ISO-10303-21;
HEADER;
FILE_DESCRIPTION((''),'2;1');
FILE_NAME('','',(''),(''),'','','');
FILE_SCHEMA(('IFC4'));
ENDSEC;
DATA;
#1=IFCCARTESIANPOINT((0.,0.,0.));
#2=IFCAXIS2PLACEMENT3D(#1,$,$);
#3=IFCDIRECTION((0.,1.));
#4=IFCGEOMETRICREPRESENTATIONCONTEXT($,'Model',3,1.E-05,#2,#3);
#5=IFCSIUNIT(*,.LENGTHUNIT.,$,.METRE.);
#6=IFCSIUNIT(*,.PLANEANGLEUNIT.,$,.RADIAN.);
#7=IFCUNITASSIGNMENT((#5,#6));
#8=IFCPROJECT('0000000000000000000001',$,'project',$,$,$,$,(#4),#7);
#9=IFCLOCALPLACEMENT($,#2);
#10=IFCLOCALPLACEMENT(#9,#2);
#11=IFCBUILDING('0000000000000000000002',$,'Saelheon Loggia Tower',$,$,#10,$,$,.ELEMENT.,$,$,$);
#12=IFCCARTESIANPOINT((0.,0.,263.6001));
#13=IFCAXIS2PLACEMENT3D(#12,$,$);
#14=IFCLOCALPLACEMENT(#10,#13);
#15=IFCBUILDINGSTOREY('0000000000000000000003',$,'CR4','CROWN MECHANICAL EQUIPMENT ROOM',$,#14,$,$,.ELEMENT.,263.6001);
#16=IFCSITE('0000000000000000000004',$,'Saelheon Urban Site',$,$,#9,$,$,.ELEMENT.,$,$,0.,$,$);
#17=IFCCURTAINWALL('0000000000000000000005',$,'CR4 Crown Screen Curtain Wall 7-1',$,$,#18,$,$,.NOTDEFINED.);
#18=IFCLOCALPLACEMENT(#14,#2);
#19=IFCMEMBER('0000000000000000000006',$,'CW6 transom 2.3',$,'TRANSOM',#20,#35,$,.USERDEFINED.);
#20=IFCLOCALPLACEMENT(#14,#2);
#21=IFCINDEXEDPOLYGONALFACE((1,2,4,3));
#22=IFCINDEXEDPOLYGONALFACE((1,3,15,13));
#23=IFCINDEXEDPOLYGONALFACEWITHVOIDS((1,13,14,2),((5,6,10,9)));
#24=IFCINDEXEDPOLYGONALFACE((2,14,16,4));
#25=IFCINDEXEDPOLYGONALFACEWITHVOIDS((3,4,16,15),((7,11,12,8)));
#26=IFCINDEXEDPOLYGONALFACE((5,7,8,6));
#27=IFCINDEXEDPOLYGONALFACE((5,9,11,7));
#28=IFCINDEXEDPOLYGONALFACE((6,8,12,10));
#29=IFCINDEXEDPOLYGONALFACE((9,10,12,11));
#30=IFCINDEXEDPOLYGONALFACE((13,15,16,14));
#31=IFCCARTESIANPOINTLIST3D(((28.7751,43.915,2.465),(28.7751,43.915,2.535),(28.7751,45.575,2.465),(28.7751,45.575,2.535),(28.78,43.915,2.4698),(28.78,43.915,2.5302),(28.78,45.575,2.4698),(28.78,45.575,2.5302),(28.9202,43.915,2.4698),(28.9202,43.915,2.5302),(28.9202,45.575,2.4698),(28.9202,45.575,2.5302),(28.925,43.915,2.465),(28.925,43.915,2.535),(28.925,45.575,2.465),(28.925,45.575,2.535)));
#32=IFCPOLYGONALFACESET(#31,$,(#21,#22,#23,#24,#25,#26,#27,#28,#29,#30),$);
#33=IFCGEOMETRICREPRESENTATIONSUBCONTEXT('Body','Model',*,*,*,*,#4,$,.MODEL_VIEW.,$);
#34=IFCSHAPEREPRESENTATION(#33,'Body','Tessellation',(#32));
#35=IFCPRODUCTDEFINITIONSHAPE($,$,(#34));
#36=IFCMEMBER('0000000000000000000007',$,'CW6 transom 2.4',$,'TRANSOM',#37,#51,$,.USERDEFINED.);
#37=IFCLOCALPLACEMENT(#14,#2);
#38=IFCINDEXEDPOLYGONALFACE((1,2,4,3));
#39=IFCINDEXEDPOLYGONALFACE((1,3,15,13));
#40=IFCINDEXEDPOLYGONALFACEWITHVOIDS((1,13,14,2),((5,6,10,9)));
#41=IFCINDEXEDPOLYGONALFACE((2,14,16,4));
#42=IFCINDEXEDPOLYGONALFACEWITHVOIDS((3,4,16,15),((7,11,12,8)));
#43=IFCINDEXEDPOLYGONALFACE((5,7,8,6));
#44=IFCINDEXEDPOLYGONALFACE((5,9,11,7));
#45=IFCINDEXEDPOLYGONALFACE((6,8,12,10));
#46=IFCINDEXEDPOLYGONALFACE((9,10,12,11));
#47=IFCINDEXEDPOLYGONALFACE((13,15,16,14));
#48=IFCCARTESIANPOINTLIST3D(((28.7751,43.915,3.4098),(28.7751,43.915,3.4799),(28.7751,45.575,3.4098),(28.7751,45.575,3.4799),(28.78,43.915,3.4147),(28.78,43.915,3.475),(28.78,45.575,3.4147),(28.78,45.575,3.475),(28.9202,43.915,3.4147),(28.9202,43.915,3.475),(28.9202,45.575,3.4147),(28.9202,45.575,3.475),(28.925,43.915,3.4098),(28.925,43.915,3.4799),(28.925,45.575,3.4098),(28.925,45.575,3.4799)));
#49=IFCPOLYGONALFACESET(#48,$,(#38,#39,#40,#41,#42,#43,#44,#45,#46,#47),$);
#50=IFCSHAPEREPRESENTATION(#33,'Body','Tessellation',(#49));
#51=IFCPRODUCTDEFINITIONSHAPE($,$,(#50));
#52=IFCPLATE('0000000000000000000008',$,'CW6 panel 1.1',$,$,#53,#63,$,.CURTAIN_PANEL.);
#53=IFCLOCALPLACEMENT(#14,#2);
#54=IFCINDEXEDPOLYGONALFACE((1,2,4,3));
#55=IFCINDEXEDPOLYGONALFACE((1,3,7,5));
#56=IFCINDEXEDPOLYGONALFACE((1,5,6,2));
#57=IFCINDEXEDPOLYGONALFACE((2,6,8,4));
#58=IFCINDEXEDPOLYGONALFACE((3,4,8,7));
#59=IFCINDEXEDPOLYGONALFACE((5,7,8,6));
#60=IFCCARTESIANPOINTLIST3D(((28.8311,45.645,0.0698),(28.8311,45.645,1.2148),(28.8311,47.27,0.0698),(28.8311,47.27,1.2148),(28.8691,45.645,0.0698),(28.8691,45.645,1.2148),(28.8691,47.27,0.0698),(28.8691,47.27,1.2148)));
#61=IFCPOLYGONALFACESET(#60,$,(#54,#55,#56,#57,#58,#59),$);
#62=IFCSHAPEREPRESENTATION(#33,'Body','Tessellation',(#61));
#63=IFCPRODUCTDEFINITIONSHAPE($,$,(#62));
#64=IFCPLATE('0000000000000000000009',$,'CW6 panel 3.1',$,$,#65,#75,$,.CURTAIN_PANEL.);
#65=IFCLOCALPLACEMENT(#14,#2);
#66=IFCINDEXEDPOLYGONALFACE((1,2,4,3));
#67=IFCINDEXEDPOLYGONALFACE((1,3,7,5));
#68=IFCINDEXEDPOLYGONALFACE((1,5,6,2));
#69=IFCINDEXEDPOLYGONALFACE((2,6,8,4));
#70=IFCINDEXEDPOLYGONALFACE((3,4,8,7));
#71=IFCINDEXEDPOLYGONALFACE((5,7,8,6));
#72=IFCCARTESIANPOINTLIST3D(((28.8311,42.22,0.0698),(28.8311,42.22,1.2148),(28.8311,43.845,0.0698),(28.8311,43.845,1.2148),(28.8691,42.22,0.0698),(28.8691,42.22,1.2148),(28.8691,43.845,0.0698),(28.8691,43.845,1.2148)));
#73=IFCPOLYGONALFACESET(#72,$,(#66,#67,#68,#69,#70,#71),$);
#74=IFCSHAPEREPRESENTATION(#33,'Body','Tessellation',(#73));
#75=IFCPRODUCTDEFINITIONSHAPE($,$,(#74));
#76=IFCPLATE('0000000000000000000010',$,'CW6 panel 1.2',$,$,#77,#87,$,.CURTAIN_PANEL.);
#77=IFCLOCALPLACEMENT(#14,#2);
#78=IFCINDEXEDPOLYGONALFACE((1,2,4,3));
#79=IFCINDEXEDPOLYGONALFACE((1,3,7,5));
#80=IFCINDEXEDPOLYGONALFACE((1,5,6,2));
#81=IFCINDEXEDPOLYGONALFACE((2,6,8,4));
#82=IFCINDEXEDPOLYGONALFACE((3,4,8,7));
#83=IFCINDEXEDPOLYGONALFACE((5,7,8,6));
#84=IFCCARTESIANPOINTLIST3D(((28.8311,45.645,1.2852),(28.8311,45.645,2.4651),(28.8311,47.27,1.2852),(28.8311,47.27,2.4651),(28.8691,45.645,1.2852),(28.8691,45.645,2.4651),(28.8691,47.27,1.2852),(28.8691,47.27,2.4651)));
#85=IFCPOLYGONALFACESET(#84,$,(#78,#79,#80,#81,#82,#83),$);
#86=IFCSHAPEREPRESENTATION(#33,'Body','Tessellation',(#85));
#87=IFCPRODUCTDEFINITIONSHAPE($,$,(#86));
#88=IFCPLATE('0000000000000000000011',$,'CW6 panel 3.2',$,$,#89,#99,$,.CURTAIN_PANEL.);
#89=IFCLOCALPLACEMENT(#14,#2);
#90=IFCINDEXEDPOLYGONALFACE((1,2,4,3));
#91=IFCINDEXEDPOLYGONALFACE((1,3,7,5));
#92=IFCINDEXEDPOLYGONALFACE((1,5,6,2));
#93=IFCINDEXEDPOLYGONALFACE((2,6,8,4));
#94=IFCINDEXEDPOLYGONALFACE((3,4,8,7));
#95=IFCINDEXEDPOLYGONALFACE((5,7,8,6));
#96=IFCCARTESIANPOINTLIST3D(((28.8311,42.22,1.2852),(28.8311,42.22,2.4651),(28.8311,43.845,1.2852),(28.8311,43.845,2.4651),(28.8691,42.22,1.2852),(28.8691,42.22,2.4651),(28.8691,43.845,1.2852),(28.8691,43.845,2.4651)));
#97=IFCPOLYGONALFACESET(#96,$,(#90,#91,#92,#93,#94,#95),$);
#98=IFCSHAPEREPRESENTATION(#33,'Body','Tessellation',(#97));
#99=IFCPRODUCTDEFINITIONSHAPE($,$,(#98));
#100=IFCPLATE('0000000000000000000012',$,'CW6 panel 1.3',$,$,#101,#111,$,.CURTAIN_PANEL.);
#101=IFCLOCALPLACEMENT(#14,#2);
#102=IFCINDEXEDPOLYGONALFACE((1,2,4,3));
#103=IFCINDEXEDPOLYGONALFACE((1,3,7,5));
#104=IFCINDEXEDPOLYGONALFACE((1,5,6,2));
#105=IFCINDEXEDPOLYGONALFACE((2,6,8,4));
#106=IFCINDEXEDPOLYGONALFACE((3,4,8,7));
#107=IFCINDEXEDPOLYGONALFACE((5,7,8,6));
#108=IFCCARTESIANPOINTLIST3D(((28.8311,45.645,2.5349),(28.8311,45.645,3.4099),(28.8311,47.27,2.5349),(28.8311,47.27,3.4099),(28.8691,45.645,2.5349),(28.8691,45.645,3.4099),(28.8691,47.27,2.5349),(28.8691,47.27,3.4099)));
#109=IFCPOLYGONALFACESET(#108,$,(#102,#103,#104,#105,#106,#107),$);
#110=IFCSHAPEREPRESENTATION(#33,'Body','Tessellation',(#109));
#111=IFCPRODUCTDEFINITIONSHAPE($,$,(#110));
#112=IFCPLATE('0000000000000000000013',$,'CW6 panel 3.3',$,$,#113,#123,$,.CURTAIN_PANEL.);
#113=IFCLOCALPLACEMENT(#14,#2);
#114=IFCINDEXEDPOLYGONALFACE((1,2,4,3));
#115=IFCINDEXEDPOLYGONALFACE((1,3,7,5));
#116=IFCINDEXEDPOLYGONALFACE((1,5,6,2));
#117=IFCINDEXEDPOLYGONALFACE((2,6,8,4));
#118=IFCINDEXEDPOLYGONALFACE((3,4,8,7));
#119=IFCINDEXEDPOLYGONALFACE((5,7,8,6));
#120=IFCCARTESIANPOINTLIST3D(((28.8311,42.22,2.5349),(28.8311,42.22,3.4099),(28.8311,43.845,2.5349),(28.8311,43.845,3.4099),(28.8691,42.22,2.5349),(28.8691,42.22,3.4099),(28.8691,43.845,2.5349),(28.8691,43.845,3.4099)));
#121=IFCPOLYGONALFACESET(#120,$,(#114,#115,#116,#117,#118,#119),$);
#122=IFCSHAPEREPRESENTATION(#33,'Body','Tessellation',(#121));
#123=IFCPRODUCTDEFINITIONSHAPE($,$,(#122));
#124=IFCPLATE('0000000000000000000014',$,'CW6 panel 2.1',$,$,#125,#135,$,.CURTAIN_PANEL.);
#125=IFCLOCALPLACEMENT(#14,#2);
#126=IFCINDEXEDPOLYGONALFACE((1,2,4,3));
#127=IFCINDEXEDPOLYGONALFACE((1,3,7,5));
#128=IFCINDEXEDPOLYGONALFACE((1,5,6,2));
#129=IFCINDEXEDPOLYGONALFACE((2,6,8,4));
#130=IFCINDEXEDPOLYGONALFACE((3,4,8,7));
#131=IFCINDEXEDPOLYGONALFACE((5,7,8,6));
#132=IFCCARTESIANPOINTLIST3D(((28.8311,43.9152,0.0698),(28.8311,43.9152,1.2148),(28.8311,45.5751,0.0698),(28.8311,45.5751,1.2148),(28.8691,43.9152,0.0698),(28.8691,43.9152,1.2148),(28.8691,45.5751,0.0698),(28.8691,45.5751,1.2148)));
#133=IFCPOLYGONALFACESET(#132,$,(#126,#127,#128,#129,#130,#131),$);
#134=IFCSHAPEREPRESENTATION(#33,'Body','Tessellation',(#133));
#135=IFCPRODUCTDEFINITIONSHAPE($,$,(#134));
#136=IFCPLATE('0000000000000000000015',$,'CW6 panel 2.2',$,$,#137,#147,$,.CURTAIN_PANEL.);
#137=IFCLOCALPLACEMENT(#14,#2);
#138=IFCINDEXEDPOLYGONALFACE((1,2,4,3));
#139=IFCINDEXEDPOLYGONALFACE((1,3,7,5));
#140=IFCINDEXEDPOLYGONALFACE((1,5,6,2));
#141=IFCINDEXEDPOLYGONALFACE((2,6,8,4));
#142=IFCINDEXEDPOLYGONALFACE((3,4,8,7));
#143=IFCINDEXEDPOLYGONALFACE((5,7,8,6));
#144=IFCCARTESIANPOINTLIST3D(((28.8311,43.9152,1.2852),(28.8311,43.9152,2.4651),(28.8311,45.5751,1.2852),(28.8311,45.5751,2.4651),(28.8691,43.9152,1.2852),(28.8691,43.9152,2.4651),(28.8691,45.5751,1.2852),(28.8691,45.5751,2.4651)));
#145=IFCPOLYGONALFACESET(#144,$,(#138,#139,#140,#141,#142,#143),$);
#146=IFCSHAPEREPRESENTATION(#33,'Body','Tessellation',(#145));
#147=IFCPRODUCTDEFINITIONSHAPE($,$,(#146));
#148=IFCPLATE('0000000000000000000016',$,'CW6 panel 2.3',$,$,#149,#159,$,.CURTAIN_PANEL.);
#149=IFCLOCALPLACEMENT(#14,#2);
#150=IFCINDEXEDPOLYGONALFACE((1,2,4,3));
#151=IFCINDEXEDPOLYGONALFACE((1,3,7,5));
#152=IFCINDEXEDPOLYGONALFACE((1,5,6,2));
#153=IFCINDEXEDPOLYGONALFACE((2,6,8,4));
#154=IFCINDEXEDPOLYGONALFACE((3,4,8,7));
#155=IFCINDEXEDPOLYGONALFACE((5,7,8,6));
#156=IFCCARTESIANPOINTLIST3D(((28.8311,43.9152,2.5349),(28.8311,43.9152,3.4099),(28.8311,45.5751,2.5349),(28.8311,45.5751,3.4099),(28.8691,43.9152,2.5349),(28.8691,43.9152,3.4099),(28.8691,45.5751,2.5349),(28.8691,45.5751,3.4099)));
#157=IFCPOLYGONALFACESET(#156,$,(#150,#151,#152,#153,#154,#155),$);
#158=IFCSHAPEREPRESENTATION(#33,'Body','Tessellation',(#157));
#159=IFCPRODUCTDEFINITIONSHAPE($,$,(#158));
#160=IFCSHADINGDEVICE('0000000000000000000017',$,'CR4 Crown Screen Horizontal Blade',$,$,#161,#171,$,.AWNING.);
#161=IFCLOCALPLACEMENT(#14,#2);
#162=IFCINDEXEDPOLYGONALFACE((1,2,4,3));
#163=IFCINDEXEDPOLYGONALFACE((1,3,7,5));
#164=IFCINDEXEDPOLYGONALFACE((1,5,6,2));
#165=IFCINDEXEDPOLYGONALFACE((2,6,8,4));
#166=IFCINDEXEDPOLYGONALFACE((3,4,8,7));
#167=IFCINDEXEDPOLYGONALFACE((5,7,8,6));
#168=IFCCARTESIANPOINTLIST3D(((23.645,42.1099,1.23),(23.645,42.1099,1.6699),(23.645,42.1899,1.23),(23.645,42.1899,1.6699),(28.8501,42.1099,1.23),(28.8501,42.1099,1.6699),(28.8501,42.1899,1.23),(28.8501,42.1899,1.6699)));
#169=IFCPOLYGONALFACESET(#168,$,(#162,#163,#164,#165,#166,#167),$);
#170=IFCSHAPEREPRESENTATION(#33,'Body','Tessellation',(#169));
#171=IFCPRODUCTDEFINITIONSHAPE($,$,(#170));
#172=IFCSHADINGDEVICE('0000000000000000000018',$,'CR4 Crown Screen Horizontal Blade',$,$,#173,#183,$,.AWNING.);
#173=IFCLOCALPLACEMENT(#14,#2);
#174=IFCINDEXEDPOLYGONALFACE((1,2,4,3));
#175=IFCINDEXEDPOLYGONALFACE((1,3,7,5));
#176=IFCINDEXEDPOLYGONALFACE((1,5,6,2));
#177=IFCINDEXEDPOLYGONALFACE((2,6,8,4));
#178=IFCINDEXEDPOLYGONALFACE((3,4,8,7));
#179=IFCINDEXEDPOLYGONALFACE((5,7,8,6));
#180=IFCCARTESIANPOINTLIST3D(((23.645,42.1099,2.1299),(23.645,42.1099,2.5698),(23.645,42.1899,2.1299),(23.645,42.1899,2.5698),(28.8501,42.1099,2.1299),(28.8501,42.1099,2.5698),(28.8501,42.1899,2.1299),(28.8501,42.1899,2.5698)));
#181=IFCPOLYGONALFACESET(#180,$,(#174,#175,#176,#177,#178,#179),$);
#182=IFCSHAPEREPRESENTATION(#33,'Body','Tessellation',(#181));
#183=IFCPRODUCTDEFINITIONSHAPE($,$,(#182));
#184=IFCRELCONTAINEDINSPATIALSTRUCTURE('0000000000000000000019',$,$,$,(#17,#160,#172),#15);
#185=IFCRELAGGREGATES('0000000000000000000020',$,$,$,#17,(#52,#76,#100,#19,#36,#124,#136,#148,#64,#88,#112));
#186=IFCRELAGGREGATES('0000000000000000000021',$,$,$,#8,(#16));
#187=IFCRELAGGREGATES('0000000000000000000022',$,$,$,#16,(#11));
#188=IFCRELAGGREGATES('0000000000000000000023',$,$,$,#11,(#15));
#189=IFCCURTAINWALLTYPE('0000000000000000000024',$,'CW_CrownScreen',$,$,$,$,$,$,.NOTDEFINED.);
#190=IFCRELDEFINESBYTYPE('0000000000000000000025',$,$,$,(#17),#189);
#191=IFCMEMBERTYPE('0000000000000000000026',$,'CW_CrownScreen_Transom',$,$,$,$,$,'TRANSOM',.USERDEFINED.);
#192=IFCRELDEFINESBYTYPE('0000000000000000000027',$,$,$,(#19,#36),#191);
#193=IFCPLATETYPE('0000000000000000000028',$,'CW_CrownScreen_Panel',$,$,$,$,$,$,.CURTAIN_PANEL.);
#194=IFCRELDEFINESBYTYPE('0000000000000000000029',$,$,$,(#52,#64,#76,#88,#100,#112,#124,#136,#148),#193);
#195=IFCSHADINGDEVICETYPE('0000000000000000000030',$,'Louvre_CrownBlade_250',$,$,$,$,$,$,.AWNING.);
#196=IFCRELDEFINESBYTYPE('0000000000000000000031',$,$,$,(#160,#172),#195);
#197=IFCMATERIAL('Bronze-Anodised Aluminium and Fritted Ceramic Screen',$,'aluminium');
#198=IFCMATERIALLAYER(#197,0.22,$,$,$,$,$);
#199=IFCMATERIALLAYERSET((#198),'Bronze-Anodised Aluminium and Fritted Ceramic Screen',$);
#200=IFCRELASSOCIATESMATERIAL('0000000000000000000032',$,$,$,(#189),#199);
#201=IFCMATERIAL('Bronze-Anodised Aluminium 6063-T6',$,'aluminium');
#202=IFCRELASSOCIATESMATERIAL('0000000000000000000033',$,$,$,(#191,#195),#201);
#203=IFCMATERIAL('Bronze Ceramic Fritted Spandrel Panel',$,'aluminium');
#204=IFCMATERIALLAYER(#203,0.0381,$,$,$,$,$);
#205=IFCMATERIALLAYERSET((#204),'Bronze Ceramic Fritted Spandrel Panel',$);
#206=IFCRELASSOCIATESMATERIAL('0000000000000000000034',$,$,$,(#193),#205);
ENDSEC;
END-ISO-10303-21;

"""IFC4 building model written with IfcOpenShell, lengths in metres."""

from ifc_helpers import new_model, si_unit, direction, frame, origin, origin_2d, place, context, subcontext, project, spatial, rectangle, hollow_rectangle, extrude, source, transform, mapped, material, layer, layer_set, material_profile, profile_set, type_object, element, aggregate, save


model = new_model("IFC4")

# Units and contexts
model_context = context("Model", 3, precision=1e-05, world=origin(), true_north=direction((0.0, 1.0)))
body_context = subcontext(model_context, "Body", "Model", "MODEL_VIEW")
ifc_project = project(units=[si_unit("LENGTHUNIT", "METRE"), si_unit("PLANEANGLEUNIT", "RADIAN")], contexts=[model_context])

# Site, building, storey
site_placement = place(None, origin())
site = spatial("IfcSite", under=ifc_project, at=site_placement, Name="Saelheon Urban Site", CompositionType="ELEMENT", RefElevation=0.0)
building_placement = place(site_placement, origin())
building = spatial("IfcBuilding", under=site, at=building_placement, Name="Saelheon Loggia Tower", CompositionType="ELEMENT")
storey_placement = place(building_placement, frame((0.0, 0.0, 263.6001)))
storey = spatial("IfcBuildingStorey", under=building, at=storey_placement, Name="CR4", Description="CROWN MECHANICAL EQUIPMENT ROOM", CompositionType="ELEMENT", Elevation=263.6001)

# Curtain wall, members, plates
ifc_material_1 = material(Name="Bronze-Anodised Aluminium and Fritted Ceramic Screen", Category="aluminium")
ifc_layer_1 = layer(ifc_material_1, 0.22)
ifc_layer_set_1 = layer_set([ifc_layer_1], Name="Bronze-Anodised Aluminium and Fritted Ceramic Screen")
curtain_wall_type = type_object("IfcCurtainWallType", Name="CW_CrownScreen", PredefinedType="NOTDEFINED", material=ifc_layer_set_1)
curtain_wall_placement = place(storey_placement, origin())
curtain_wall = element("IfcCurtainWall", 1, at=curtain_wall_placement, inside=storey, type_object=curtain_wall_type, Name="CR4 Crown Screen Curtain Wall 7-1", PredefinedType="NOTDEFINED")
ifc_material_2 = material(Name="Bronze-Anodised Aluminium 6063-T6", Category="aluminium")
ifc_material_profile_1 = material_profile(ifc_material_2, hollow_rectangle(XDim=0.0701, YDim=0.1499, WallThickness=0.0049, at=origin_2d()), Name="RHS-150x70x5")
ifc_profile_set_1 = profile_set([ifc_material_profile_1], Name="Bronze-Anodised Aluminium 6063-T6")
member_type_1 = type_object("IfcMemberType", Name="CW_CrownScreen_Transom", ElementType="TRANSOM", PredefinedType="USERDEFINED", material=ifc_profile_set_1)
shared_shape_1 = source(origin(), body_context, "Body", "SweptSolid", [
    extrude(hollow_rectangle(XDim=0.0701, YDim=0.1499, WallThickness=0.0049, at=origin_2d()), origin(), (0.0, 0.0, 1.0), 1.6599),
])
member_1_placement = place(storey_placement, frame((28.8501, 45.575, 2.5), z_axis=(0.0, -1.0, 0.0), x_axis=(0.0, 0.0, 1.0)))
member_1 = element("IfcMember", 2, at=member_1_placement, type_object=member_type_1, Name="CW6 transom 2.3", ObjectType="TRANSOM", PredefinedType="USERDEFINED", context=body_context, shape_type="MappedRepresentation", body=[
    mapped(shared_shape_1, transform((0.0, 0.0, 0.0), scale=1.0)),
])
member_2_placement = place(storey_placement, frame((28.8501, 45.575, 3.4448), z_axis=(0.0, -1.0, 0.0), x_axis=(0.0, 0.0, 1.0)))
member_2 = element("IfcMember", 3, at=member_2_placement, type_object=member_type_1, Name="CW6 transom 2.4", ObjectType="TRANSOM", PredefinedType="USERDEFINED", context=body_context, shape_type="MappedRepresentation", body=[
    mapped(shared_shape_1, transform((0.0, 0.0, 0.0), scale=1.0)),
])
ifc_material_3 = material(Name="Bronze Ceramic Fritted Spandrel Panel", Category="aluminium")
ifc_layer_2 = layer(ifc_material_3, 0.0381)
ifc_layer_set_2 = layer_set([ifc_layer_2], Name="Bronze Ceramic Fritted Spandrel Panel")
plate_type = type_object("IfcPlateType", Name="CW_CrownScreen_Panel", PredefinedType="CURTAIN_PANEL", material=ifc_layer_set_2)
shared_shape_2 = source(origin(), body_context, "Body", "SweptSolid", [
    extrude(rectangle(XDim=1.625, YDim=0.0381, at=origin_2d()), origin(), (0.0, 0.0, 1.0), 1.145),
])
plate_1_placement = place(storey_placement, frame((28.8501, 46.4575, 0.0698), z_axis=(0.0, 0.0, 1.0), x_axis=(0.0, -1.0, 0.0)))
plate_1 = element("IfcPlate", 4, at=plate_1_placement, type_object=plate_type, Name="CW6 panel 1.1", PredefinedType="CURTAIN_PANEL", context=body_context, shape_type="MappedRepresentation", body=[
    mapped(shared_shape_2, transform((0.0, 0.0, 0.0), scale=1.0)),
])
plate_2_placement = place(storey_placement, frame((28.8501, 43.0325, 0.0698), z_axis=(0.0, 0.0, 1.0), x_axis=(0.0, -1.0, 0.0)))
plate_2 = element("IfcPlate", 5, at=plate_2_placement, type_object=plate_type, Name="CW6 panel 3.1", PredefinedType="CURTAIN_PANEL", context=body_context, shape_type="MappedRepresentation", body=[
    mapped(shared_shape_2, transform((0.0, 0.0, 0.0), scale=1.0)),
])
shared_shape_3 = source(origin(), body_context, "Body", "SweptSolid", [
    extrude(rectangle(XDim=1.625, YDim=0.0381, at=origin_2d()), origin(), (0.0, 0.0, 1.0), 1.1799),
])
plate_3_placement = place(storey_placement, frame((28.8501, 46.4575, 1.2852), z_axis=(0.0, 0.0, 1.0), x_axis=(0.0, -1.0, 0.0)))
plate_3 = element("IfcPlate", 6, at=plate_3_placement, type_object=plate_type, Name="CW6 panel 1.2", PredefinedType="CURTAIN_PANEL", context=body_context, shape_type="MappedRepresentation", body=[
    mapped(shared_shape_3, transform((0.0, 0.0, 0.0), scale=1.0)),
])
plate_4_placement = place(storey_placement, frame((28.8501, 43.0325, 1.2852), z_axis=(0.0, 0.0, 1.0), x_axis=(0.0, -1.0, 0.0)))
plate_4 = element("IfcPlate", 7, at=plate_4_placement, type_object=plate_type, Name="CW6 panel 3.2", PredefinedType="CURTAIN_PANEL", context=body_context, shape_type="MappedRepresentation", body=[
    mapped(shared_shape_3, transform((0.0, 0.0, 0.0), scale=1.0)),
])
shared_shape_4 = source(origin(), body_context, "Body", "SweptSolid", [
    extrude(rectangle(XDim=1.625, YDim=0.0381, at=origin_2d()), origin(), (0.0, 0.0, 1.0), 0.875),
])
plate_5_placement = place(storey_placement, frame((28.8501, 46.4575, 2.5349), z_axis=(0.0, 0.0, 1.0), x_axis=(0.0, -1.0, 0.0)))
plate_5 = element("IfcPlate", 8, at=plate_5_placement, type_object=plate_type, Name="CW6 panel 1.3", PredefinedType="CURTAIN_PANEL", context=body_context, shape_type="MappedRepresentation", body=[
    mapped(shared_shape_4, transform((0.0, 0.0, 0.0), scale=1.0)),
])
plate_6_placement = place(storey_placement, frame((28.8501, 43.0325, 2.5349), z_axis=(0.0, 0.0, 1.0), x_axis=(0.0, -1.0, 0.0)))
plate_6 = element("IfcPlate", 9, at=plate_6_placement, type_object=plate_type, Name="CW6 panel 3.3", PredefinedType="CURTAIN_PANEL", context=body_context, shape_type="MappedRepresentation", body=[
    mapped(shared_shape_4, transform((0.0, 0.0, 0.0), scale=1.0)),
])
shared_shape_5 = source(origin(), body_context, "Body", "SweptSolid", [
    extrude(rectangle(XDim=1.6599, YDim=0.0381, at=origin_2d()), origin(), (0.0, 0.0, 1.0), 1.145),
])
plate_7_placement = place(storey_placement, frame((28.8501, 44.7451, 0.0698), z_axis=(0.0, 0.0, 1.0), x_axis=(0.0, -1.0, 0.0)))
plate_7 = element("IfcPlate", 10, at=plate_7_placement, type_object=plate_type, Name="CW6 panel 2.1", PredefinedType="CURTAIN_PANEL", context=body_context, shape_type="MappedRepresentation", body=[
    mapped(shared_shape_5, transform((0.0, 0.0, 0.0), scale=1.0)),
])
shared_shape_6 = source(origin(), body_context, "Body", "SweptSolid", [
    extrude(rectangle(XDim=1.6599, YDim=0.0381, at=origin_2d()), origin(), (0.0, 0.0, 1.0), 1.1799),
])
plate_8_placement = place(storey_placement, frame((28.8501, 44.7451, 1.2852), z_axis=(0.0, 0.0, 1.0), x_axis=(0.0, -1.0, 0.0)))
plate_8 = element("IfcPlate", 11, at=plate_8_placement, type_object=plate_type, Name="CW6 panel 2.2", PredefinedType="CURTAIN_PANEL", context=body_context, shape_type="MappedRepresentation", body=[
    mapped(shared_shape_6, transform((0.0, 0.0, 0.0), scale=1.0)),
])
shared_shape_7 = source(origin(), body_context, "Body", "SweptSolid", [
    extrude(rectangle(XDim=1.6599, YDim=0.0381, at=origin_2d()), origin(), (0.0, 0.0, 1.0), 0.875),
])
plate_9_placement = place(storey_placement, frame((28.8501, 44.7451, 2.5349), z_axis=(0.0, 0.0, 1.0), x_axis=(0.0, -1.0, 0.0)))
plate_9 = element("IfcPlate", 12, at=plate_9_placement, type_object=plate_type, Name="CW6 panel 2.3", PredefinedType="CURTAIN_PANEL", context=body_context, shape_type="MappedRepresentation", body=[
    mapped(shared_shape_7, transform((0.0, 0.0, 0.0), scale=1.0)),
])
aggregate(curtain_wall, [plate_1, plate_3, plate_5, member_1, member_2, plate_7, plate_8, plate_9, plate_2, plate_4, plate_6])

# Shading devices
ifc_material_profile_2 = material_profile(ifc_material_2, rectangle(XDim=0.0801, YDim=0.4399, at=origin_2d()), Name="Louvre_CrownBlade_250")
ifc_profile_set_2 = profile_set([ifc_material_profile_2], Name="Bronze-Anodised Aluminium 6063-T6")
shading_device_type = type_object("IfcShadingDeviceType", Name="Louvre_CrownBlade_250", PredefinedType="AWNING", material=ifc_profile_set_2)
shared_shape_8 = source(origin(), body_context, "Body", "SweptSolid", [
    extrude(rectangle(XDim=0.0801, YDim=0.4399, at=origin_2d()), origin(), (0.0, 0.0, 1.0), 5.2051),
])
for number, where, z_axis, x_axis, name in (
    (13, (28.8501, 42.1499, 1.45), (-1.0, 0.0, 0.0), (0.0, -1.0, 0.0), "CR4 Crown Screen Horizontal Blade"),
    (14, (28.8501, 42.1499, 2.3499), (-1.0, 0.0, 0.0), (0.0, -1.0, 0.0), "CR4 Crown Screen Horizontal Blade"),
):
    element("IfcShadingDevice", number, at=place(storey_placement, frame(where, z_axis=z_axis, x_axis=x_axis)), inside=storey, type_object=shading_device_type, Name=name, PredefinedType="AWNING", context=body_context, shape_type="MappedRepresentation", body=[
        mapped(shared_shape_8, transform((0.0, 0.0, 0.0), scale=1.0)),
    ])

save(model, "model.ifc")
